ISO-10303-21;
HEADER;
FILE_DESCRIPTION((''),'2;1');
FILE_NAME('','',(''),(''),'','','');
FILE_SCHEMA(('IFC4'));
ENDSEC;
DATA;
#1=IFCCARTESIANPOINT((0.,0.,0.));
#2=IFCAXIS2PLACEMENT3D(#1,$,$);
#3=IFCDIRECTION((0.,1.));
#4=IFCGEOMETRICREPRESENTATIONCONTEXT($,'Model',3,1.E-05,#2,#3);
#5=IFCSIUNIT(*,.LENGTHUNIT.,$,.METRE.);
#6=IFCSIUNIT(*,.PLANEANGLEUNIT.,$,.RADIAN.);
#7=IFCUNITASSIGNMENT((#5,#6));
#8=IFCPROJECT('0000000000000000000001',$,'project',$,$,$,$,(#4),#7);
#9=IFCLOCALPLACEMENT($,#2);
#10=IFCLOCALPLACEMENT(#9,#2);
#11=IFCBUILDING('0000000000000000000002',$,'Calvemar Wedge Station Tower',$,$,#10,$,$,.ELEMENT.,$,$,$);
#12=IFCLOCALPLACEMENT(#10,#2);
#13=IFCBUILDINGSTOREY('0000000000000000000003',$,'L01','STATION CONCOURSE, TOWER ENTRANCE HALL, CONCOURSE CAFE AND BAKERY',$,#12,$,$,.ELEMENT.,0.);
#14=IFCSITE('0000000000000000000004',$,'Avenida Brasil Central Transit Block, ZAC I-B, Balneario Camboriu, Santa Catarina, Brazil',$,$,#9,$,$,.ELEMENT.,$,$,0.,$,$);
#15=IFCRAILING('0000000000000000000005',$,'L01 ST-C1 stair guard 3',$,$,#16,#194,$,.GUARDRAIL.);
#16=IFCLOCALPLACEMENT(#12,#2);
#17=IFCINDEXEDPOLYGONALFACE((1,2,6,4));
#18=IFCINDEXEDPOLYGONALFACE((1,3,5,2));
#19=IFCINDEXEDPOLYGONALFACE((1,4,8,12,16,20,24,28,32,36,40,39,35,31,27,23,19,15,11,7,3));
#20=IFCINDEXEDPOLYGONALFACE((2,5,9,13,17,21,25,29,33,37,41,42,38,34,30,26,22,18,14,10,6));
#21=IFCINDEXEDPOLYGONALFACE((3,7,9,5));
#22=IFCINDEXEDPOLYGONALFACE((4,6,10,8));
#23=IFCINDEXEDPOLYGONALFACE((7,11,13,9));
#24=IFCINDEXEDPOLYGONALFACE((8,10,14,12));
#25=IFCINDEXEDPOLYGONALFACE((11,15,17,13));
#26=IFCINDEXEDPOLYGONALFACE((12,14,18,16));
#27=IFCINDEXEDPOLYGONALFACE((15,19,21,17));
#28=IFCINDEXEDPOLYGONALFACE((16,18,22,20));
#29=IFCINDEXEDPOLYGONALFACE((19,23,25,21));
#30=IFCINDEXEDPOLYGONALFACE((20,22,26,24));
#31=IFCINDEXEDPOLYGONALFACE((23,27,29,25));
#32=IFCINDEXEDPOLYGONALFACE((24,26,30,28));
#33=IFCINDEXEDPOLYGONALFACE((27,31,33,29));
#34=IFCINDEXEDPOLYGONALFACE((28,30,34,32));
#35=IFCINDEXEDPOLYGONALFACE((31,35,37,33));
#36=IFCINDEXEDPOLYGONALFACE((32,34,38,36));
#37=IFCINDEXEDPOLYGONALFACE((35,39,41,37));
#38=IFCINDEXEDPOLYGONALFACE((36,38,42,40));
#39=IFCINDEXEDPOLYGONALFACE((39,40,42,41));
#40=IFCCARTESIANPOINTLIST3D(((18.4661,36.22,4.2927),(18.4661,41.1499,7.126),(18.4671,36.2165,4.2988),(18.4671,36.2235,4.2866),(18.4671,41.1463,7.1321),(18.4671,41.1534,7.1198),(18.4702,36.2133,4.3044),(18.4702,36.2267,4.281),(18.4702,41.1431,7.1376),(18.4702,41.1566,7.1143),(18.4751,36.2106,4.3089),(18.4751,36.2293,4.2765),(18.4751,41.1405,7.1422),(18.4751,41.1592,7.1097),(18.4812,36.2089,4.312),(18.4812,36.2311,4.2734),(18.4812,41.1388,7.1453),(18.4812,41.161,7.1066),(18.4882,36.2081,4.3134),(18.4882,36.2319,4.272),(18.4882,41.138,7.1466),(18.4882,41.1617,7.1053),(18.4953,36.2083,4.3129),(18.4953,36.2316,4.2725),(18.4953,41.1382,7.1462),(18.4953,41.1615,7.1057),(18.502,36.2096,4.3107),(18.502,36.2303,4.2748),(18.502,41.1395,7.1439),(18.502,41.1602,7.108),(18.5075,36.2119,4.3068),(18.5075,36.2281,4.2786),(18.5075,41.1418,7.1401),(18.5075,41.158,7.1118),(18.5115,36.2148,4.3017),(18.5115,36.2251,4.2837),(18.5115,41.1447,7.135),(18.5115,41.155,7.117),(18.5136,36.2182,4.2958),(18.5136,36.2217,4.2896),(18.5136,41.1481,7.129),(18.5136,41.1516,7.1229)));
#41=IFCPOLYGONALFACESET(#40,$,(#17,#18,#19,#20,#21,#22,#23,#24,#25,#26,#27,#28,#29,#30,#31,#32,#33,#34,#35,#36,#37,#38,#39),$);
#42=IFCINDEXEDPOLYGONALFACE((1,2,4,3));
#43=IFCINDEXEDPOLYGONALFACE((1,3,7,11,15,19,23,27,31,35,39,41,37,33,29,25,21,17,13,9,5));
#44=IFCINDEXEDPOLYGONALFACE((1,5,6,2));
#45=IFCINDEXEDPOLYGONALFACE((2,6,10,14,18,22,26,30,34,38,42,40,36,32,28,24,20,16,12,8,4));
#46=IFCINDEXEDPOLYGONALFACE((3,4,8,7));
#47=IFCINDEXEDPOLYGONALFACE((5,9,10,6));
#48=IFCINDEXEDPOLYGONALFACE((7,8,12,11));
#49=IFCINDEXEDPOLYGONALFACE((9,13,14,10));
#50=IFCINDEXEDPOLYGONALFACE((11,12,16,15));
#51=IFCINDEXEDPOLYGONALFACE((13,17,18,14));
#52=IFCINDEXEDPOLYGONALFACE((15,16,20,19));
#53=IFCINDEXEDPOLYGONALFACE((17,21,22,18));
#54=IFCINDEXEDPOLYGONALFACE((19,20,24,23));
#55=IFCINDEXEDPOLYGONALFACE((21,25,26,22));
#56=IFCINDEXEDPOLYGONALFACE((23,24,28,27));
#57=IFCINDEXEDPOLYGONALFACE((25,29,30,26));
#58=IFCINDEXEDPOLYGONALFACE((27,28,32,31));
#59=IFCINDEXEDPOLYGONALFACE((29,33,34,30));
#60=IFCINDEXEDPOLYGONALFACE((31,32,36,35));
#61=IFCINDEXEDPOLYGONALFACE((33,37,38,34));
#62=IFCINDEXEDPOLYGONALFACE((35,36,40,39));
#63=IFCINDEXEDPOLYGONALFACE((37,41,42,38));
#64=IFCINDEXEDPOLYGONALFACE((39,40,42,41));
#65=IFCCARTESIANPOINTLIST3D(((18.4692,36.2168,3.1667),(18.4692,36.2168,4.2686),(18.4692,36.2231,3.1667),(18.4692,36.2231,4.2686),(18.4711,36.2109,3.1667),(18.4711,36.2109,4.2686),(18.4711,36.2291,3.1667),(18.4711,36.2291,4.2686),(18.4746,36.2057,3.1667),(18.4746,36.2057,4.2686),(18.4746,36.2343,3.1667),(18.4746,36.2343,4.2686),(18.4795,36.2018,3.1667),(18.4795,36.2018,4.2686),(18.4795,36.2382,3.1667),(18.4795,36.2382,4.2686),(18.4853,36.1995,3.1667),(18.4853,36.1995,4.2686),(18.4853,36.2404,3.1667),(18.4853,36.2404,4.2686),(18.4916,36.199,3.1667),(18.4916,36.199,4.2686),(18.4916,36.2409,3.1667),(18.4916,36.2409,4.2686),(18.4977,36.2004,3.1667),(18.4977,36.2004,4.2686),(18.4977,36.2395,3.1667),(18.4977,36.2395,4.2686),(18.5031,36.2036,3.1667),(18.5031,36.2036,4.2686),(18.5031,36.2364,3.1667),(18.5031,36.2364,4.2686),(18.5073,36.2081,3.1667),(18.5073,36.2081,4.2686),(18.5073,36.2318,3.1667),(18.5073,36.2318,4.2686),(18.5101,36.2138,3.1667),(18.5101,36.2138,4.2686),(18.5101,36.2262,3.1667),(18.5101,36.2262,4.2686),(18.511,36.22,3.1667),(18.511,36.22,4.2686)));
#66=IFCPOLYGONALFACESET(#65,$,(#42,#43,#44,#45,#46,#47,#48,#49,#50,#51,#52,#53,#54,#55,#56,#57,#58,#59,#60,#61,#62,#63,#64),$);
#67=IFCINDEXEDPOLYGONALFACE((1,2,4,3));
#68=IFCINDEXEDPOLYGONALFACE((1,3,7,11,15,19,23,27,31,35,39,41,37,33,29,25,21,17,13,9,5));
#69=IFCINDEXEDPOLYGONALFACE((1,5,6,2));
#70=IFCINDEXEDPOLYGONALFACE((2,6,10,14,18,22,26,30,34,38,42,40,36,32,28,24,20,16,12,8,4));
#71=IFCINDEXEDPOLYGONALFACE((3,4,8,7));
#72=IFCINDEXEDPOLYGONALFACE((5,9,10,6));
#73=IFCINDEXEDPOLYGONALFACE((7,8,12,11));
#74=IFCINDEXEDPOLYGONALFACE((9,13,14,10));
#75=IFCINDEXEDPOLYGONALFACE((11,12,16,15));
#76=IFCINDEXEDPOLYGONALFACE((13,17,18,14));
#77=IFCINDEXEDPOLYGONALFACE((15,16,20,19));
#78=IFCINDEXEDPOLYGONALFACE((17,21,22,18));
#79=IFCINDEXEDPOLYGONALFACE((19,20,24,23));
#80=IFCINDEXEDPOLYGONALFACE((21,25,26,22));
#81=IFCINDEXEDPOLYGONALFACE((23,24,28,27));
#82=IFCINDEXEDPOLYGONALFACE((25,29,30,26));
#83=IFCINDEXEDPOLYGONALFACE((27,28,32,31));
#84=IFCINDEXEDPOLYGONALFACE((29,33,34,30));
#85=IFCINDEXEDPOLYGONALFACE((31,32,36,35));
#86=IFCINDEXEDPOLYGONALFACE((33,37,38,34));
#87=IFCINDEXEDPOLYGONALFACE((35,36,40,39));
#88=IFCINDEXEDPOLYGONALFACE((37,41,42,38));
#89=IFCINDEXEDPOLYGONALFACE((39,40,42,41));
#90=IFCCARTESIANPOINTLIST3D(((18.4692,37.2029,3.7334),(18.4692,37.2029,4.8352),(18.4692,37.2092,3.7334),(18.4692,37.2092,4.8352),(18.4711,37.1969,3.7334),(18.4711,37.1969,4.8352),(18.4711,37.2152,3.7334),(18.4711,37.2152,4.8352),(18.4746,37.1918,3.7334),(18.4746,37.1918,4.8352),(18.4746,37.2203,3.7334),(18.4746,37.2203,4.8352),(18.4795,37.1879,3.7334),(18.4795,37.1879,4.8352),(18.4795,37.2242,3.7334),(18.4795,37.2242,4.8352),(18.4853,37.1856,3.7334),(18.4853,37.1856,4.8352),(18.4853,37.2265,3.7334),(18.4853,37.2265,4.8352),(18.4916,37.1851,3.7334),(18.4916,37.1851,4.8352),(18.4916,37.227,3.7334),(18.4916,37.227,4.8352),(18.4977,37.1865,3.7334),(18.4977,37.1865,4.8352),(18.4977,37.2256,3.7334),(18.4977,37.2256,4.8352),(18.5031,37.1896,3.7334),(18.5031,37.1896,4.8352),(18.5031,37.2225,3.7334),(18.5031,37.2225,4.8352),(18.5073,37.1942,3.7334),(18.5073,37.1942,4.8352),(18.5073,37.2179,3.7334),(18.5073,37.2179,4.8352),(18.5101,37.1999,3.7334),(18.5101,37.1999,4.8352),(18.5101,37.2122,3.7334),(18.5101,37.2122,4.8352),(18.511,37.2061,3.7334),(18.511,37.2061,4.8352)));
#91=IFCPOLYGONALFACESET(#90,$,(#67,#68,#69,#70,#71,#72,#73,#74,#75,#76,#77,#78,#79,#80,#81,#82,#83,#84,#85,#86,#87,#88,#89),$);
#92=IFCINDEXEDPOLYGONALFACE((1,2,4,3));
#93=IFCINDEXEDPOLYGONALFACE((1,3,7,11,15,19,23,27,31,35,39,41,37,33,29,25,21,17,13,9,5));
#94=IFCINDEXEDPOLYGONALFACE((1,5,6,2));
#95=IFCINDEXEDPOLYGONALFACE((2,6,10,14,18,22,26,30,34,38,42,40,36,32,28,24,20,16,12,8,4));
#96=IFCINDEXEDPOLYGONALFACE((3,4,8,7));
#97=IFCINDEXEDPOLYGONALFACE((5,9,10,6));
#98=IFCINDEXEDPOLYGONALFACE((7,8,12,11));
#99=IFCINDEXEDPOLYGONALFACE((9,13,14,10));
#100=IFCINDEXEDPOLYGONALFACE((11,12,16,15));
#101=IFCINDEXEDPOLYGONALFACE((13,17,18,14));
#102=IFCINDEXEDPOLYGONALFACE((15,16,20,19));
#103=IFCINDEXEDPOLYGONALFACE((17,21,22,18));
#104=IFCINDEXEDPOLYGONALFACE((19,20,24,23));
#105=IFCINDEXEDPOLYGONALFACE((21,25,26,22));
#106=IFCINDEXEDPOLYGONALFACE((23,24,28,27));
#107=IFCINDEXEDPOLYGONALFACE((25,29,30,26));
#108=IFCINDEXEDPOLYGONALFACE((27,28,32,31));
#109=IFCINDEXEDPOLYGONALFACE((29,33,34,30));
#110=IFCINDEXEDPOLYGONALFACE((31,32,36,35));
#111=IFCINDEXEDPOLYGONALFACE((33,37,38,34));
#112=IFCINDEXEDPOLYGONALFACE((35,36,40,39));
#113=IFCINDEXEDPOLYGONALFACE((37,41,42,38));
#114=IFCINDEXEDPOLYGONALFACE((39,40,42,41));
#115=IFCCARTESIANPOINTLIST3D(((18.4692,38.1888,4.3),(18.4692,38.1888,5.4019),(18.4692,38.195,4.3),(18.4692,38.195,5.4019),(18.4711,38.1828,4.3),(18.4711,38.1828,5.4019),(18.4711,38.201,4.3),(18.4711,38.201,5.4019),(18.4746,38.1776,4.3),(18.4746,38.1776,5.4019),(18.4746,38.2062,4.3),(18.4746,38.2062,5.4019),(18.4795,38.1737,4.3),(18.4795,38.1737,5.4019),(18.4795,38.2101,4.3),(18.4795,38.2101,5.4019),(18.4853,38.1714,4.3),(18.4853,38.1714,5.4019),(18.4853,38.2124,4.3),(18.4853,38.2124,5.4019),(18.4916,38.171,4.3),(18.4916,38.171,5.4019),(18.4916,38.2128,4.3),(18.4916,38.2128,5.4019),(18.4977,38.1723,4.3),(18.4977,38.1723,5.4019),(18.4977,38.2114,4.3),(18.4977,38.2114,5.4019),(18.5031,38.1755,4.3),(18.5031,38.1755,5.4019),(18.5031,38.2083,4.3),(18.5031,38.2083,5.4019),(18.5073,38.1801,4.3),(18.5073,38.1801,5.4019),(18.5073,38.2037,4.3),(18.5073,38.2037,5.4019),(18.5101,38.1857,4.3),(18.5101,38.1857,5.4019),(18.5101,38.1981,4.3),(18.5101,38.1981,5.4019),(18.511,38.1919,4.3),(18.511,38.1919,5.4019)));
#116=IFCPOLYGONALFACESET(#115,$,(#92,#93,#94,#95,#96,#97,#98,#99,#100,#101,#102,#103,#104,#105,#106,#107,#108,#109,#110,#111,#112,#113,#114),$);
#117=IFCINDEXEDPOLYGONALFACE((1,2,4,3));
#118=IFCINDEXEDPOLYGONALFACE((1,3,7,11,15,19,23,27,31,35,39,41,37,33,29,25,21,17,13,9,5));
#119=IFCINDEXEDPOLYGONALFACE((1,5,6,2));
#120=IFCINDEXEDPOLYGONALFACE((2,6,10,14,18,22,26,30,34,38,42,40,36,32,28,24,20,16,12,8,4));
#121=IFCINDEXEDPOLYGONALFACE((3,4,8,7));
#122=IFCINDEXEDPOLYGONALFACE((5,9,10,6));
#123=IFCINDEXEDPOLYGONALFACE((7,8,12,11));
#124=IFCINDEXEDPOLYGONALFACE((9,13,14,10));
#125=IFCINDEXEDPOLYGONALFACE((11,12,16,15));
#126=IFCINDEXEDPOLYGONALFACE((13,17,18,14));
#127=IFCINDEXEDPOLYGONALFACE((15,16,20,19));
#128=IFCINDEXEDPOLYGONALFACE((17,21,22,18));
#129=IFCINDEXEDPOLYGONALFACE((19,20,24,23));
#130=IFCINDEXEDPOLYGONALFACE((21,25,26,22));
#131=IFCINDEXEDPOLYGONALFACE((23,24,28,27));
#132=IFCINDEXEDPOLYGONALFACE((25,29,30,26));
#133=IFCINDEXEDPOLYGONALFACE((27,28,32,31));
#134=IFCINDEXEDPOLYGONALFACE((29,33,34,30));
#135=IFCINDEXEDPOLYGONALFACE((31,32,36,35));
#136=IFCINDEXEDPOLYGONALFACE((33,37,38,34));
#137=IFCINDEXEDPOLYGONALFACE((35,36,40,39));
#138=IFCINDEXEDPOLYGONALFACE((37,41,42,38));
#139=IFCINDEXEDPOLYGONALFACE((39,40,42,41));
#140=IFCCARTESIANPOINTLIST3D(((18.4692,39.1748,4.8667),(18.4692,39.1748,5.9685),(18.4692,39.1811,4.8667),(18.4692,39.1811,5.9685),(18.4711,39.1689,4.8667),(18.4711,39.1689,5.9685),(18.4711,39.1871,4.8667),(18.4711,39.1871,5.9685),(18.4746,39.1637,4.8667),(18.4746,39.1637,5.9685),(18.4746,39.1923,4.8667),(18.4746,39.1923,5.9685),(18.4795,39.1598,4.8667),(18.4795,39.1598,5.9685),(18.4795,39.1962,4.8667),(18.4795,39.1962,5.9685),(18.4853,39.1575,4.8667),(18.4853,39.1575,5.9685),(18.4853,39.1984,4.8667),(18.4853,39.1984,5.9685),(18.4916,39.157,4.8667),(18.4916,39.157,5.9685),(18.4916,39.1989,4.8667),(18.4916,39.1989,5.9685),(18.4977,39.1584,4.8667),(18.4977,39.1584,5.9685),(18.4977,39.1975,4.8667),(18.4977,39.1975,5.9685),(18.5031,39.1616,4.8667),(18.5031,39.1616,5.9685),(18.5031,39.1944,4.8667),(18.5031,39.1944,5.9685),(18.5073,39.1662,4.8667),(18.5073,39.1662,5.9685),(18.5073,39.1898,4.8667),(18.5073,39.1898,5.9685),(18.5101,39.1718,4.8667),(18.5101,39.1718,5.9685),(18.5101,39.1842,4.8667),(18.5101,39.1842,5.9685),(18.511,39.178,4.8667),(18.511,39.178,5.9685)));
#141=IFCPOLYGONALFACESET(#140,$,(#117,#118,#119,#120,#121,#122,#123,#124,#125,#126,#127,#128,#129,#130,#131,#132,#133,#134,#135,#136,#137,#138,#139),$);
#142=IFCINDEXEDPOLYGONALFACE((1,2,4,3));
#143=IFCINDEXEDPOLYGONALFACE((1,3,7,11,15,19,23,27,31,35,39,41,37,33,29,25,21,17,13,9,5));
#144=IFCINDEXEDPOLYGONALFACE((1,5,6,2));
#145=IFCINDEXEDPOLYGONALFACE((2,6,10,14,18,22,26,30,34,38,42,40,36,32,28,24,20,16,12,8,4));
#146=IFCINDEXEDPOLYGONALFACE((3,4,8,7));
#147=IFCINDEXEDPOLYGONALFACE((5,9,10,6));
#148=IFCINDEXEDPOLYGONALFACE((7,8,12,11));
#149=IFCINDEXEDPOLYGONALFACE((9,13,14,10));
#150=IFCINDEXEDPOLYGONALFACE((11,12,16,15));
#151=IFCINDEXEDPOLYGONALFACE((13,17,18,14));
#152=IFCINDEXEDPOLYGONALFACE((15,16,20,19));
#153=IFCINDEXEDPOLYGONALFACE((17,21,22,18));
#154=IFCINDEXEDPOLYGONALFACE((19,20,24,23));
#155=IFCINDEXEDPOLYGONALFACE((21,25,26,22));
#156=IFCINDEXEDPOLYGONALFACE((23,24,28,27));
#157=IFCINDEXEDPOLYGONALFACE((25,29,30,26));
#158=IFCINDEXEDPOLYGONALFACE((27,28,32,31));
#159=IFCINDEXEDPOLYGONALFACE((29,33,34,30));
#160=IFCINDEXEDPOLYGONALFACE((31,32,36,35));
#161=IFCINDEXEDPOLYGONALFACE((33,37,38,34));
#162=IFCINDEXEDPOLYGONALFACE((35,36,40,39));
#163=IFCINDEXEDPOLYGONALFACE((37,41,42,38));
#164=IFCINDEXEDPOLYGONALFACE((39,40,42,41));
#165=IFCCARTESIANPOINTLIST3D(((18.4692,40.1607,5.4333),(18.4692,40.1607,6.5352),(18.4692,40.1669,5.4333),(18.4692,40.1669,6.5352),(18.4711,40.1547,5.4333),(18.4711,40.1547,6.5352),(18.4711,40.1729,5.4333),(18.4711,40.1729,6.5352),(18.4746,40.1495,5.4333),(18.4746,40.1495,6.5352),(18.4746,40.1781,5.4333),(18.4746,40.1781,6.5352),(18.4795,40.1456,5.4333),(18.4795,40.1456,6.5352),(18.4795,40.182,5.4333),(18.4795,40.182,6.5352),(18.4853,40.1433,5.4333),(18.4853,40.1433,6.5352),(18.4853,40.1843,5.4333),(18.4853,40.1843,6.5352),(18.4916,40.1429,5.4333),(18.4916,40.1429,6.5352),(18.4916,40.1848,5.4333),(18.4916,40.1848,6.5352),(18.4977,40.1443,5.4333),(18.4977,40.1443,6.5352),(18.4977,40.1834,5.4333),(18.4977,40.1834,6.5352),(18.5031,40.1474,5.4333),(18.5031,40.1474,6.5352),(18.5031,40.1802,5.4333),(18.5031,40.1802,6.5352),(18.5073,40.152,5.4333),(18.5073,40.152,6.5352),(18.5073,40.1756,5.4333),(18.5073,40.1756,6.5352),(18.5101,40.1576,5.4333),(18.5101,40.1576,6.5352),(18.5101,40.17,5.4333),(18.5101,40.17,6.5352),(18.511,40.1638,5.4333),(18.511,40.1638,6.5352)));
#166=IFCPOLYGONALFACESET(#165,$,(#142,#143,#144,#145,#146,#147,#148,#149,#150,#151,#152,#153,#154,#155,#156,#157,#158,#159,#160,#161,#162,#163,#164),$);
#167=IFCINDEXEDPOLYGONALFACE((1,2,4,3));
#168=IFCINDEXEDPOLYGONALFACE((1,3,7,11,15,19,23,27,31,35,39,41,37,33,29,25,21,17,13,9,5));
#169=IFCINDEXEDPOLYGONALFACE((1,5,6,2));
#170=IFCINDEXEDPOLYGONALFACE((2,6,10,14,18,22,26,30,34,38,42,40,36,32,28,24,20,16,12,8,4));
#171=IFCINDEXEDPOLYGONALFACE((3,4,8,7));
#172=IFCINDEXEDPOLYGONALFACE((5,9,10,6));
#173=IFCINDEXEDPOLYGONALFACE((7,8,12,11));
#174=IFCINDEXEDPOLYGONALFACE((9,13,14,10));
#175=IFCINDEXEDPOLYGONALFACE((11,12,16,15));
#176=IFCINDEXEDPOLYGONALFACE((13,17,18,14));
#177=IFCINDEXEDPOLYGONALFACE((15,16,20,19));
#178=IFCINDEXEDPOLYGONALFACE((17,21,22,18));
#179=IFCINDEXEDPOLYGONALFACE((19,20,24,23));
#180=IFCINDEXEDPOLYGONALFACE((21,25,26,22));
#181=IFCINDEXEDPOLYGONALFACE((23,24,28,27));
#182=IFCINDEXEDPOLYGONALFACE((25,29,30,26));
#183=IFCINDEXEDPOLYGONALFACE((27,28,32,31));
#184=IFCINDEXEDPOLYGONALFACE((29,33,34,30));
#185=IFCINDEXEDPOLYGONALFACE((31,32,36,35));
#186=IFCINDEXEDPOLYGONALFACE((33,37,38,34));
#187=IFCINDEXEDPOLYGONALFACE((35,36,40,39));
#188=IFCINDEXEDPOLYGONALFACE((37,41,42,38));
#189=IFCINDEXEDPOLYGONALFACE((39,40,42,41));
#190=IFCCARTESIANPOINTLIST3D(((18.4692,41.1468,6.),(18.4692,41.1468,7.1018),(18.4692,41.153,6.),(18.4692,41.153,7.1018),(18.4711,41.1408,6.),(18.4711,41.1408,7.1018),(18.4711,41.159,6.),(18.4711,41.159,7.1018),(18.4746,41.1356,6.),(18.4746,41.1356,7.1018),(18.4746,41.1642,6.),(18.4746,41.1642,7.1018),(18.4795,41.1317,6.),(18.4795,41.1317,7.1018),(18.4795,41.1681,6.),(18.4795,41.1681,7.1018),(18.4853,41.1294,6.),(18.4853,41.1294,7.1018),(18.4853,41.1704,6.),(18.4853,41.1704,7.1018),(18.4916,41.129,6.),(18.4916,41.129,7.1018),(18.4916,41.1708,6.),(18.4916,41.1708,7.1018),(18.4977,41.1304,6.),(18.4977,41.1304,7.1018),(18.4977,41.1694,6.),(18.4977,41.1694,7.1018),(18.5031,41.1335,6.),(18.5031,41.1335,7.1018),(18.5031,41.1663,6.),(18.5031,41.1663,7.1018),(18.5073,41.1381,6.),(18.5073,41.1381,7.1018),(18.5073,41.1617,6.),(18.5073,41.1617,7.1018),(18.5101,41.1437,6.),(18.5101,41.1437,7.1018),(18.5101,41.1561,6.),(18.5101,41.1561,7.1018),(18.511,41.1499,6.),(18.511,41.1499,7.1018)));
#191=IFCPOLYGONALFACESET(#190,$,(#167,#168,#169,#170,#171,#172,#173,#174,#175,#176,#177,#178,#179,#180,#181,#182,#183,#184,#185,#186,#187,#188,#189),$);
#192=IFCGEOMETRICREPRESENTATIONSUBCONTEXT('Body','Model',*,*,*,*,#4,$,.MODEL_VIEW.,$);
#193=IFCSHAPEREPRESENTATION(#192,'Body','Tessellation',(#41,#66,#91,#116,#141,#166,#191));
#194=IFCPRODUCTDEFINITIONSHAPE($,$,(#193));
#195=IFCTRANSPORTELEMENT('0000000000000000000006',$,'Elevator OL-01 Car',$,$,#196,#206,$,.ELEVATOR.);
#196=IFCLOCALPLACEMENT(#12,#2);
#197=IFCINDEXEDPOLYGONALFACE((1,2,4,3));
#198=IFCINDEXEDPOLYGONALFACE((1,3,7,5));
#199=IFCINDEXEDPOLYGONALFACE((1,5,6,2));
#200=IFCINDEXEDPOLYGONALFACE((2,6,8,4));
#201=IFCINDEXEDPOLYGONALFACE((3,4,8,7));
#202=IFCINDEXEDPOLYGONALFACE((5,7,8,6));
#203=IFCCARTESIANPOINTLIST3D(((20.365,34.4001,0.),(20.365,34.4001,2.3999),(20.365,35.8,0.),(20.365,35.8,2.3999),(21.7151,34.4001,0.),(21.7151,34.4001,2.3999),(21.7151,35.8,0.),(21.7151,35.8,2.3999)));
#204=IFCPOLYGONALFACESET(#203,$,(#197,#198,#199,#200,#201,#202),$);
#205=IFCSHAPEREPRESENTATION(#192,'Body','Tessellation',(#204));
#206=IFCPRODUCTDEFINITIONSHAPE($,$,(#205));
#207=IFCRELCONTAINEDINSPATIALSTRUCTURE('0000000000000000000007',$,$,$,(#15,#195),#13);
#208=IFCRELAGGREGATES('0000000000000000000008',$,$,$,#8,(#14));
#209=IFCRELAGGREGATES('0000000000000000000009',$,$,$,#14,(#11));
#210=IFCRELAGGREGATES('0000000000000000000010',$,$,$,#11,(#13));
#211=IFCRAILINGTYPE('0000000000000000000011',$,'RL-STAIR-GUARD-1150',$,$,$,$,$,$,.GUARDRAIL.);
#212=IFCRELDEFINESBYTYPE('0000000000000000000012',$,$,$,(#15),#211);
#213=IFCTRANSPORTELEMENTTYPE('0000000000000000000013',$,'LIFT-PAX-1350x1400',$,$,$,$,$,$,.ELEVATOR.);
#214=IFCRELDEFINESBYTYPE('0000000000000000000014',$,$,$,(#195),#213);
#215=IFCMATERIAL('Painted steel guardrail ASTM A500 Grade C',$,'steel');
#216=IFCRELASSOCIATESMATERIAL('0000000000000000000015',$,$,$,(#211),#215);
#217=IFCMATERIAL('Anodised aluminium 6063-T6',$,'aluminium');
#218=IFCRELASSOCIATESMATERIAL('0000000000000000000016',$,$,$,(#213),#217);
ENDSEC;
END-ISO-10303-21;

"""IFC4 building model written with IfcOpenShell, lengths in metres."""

from ifc_helpers import new_model, si_unit, direction, frame, origin, origin_2d, place, context, subcontext, project, spatial, rectangle, circle, extrude, source, transform, mapped, material, type_object, element, save


model = new_model("IFC4")

# Units and contexts
model_context = context("Model", 3, precision=1e-05, world=origin(), true_north=direction((0.0, 1.0)))
body_context = subcontext(model_context, "Body", "Model", "MODEL_VIEW")
ifc_project = project(units=[si_unit("LENGTHUNIT", "METRE"), si_unit("PLANEANGLEUNIT", "RADIAN")], contexts=[model_context])

# Site, building, storey
site_placement = place(None, origin())
site = spatial("IfcSite", under=ifc_project, at=site_placement, Name="Avenida Brasil Central Transit Block, ZAC I-B, Balneario Camboriu, Santa Catarina, Brazil", CompositionType="ELEMENT", RefElevation=0.0)
building_placement = place(site_placement, origin())
building = spatial("IfcBuilding", under=site, at=building_placement, Name="Calvemar Wedge Station Tower", CompositionType="ELEMENT")
storey_placement = place(building_placement, origin())
storey = spatial("IfcBuildingStorey", under=building, at=storey_placement, Name="L01", Description="STATION CONCOURSE, TOWER ENTRANCE HALL, CONCOURSE CAFE AND BAKERY", CompositionType="ELEMENT", Elevation=0.0)

# Railing
ifc_material_1 = material(Name="Painted steel guardrail ASTM A500 Grade C", Category="steel")
railing_type_1 = type_object("IfcRailingType", Name="RL-STAIR-GUARD-1150", PredefinedType="GUARDRAIL", material=ifc_material_1)
railing_1_placement = place(storey_placement, frame((18.49, 36.22, 3.1667)))
element("IfcRailing", 1, at=railing_1_placement, inside=storey, type_object=railing_type_1, Name="L01 ST-C1 stair guard 3", PredefinedType="GUARDRAIL", context=body_context, shape_type="SweptSolid", body=[
    extrude(circle(Radius=0.0239, at=origin_2d()), frame((0.0, 0.0, 1.126), z_axis=(0.0, 0.867017, 0.498278), x_axis=(-1.0, 0.0, 0.0)), (0.0, 0.0, 1.0), 5.686),
    extrude(circle(Radius=0.021, at=origin_2d()), origin(), (0.0, 0.0, 1.0), 1.1018),
    extrude(circle(Radius=0.021, at=origin_2d()), frame((0.0, 0.9861, 0.5667)), (0.0, 0.0, 1.0), 1.1018),
    extrude(circle(Radius=0.021, at=origin_2d()), frame((0.0, 1.9719, 1.1333)), (0.0, 0.0, 1.0), 1.1018),
    extrude(circle(Radius=0.021, at=origin_2d()), frame((0.0, 2.958, 1.7)), (0.0, 0.0, 1.0), 1.1018),
    extrude(circle(Radius=0.021, at=origin_2d()), frame((0.0, 3.9438, 2.2666)), (0.0, 0.0, 1.0), 1.1018),
    extrude(circle(Radius=0.021, at=origin_2d()), frame((0.0, 4.9299, 2.8333)), (0.0, 0.0, 1.0), 1.1018),
])

# Transport element
ifc_material_2 = material(Name="Anodised aluminium 6063-T6", Category="aluminium")
transport_element_type = type_object("IfcTransportElementType", Name="LIFT-PAX-1350x1400", PredefinedType="ELEVATOR", material=ifc_material_2)
shared_shape_1 = source(origin(), body_context, "Body", "SweptSolid", [
    extrude(rectangle(XDim=1.3501, YDim=1.3999, at=origin_2d()), origin(), (0.0, 0.0, 1.0), 2.3999),
])
for number, where, z_axis, x_axis, name in (
    (2, (21.04, 35.1001, 0.0), (0.0, 0.0, 1.0), (1.0, 0.0, 0.0), "Elevator OL-01 Car"),
):
    element("IfcTransportElement", number, at=place(storey_placement, frame(where, z_axis=z_axis, x_axis=x_axis)), inside=storey, type_object=transport_element_type, Name=name, PredefinedType="ELEVATOR", context=body_context, shape_type="MappedRepresentation", body=[
        mapped(shared_shape_1, transform((0.0, 0.0, 0.0), scale=1.0)),
    ])

save(model, "model.ifc")
